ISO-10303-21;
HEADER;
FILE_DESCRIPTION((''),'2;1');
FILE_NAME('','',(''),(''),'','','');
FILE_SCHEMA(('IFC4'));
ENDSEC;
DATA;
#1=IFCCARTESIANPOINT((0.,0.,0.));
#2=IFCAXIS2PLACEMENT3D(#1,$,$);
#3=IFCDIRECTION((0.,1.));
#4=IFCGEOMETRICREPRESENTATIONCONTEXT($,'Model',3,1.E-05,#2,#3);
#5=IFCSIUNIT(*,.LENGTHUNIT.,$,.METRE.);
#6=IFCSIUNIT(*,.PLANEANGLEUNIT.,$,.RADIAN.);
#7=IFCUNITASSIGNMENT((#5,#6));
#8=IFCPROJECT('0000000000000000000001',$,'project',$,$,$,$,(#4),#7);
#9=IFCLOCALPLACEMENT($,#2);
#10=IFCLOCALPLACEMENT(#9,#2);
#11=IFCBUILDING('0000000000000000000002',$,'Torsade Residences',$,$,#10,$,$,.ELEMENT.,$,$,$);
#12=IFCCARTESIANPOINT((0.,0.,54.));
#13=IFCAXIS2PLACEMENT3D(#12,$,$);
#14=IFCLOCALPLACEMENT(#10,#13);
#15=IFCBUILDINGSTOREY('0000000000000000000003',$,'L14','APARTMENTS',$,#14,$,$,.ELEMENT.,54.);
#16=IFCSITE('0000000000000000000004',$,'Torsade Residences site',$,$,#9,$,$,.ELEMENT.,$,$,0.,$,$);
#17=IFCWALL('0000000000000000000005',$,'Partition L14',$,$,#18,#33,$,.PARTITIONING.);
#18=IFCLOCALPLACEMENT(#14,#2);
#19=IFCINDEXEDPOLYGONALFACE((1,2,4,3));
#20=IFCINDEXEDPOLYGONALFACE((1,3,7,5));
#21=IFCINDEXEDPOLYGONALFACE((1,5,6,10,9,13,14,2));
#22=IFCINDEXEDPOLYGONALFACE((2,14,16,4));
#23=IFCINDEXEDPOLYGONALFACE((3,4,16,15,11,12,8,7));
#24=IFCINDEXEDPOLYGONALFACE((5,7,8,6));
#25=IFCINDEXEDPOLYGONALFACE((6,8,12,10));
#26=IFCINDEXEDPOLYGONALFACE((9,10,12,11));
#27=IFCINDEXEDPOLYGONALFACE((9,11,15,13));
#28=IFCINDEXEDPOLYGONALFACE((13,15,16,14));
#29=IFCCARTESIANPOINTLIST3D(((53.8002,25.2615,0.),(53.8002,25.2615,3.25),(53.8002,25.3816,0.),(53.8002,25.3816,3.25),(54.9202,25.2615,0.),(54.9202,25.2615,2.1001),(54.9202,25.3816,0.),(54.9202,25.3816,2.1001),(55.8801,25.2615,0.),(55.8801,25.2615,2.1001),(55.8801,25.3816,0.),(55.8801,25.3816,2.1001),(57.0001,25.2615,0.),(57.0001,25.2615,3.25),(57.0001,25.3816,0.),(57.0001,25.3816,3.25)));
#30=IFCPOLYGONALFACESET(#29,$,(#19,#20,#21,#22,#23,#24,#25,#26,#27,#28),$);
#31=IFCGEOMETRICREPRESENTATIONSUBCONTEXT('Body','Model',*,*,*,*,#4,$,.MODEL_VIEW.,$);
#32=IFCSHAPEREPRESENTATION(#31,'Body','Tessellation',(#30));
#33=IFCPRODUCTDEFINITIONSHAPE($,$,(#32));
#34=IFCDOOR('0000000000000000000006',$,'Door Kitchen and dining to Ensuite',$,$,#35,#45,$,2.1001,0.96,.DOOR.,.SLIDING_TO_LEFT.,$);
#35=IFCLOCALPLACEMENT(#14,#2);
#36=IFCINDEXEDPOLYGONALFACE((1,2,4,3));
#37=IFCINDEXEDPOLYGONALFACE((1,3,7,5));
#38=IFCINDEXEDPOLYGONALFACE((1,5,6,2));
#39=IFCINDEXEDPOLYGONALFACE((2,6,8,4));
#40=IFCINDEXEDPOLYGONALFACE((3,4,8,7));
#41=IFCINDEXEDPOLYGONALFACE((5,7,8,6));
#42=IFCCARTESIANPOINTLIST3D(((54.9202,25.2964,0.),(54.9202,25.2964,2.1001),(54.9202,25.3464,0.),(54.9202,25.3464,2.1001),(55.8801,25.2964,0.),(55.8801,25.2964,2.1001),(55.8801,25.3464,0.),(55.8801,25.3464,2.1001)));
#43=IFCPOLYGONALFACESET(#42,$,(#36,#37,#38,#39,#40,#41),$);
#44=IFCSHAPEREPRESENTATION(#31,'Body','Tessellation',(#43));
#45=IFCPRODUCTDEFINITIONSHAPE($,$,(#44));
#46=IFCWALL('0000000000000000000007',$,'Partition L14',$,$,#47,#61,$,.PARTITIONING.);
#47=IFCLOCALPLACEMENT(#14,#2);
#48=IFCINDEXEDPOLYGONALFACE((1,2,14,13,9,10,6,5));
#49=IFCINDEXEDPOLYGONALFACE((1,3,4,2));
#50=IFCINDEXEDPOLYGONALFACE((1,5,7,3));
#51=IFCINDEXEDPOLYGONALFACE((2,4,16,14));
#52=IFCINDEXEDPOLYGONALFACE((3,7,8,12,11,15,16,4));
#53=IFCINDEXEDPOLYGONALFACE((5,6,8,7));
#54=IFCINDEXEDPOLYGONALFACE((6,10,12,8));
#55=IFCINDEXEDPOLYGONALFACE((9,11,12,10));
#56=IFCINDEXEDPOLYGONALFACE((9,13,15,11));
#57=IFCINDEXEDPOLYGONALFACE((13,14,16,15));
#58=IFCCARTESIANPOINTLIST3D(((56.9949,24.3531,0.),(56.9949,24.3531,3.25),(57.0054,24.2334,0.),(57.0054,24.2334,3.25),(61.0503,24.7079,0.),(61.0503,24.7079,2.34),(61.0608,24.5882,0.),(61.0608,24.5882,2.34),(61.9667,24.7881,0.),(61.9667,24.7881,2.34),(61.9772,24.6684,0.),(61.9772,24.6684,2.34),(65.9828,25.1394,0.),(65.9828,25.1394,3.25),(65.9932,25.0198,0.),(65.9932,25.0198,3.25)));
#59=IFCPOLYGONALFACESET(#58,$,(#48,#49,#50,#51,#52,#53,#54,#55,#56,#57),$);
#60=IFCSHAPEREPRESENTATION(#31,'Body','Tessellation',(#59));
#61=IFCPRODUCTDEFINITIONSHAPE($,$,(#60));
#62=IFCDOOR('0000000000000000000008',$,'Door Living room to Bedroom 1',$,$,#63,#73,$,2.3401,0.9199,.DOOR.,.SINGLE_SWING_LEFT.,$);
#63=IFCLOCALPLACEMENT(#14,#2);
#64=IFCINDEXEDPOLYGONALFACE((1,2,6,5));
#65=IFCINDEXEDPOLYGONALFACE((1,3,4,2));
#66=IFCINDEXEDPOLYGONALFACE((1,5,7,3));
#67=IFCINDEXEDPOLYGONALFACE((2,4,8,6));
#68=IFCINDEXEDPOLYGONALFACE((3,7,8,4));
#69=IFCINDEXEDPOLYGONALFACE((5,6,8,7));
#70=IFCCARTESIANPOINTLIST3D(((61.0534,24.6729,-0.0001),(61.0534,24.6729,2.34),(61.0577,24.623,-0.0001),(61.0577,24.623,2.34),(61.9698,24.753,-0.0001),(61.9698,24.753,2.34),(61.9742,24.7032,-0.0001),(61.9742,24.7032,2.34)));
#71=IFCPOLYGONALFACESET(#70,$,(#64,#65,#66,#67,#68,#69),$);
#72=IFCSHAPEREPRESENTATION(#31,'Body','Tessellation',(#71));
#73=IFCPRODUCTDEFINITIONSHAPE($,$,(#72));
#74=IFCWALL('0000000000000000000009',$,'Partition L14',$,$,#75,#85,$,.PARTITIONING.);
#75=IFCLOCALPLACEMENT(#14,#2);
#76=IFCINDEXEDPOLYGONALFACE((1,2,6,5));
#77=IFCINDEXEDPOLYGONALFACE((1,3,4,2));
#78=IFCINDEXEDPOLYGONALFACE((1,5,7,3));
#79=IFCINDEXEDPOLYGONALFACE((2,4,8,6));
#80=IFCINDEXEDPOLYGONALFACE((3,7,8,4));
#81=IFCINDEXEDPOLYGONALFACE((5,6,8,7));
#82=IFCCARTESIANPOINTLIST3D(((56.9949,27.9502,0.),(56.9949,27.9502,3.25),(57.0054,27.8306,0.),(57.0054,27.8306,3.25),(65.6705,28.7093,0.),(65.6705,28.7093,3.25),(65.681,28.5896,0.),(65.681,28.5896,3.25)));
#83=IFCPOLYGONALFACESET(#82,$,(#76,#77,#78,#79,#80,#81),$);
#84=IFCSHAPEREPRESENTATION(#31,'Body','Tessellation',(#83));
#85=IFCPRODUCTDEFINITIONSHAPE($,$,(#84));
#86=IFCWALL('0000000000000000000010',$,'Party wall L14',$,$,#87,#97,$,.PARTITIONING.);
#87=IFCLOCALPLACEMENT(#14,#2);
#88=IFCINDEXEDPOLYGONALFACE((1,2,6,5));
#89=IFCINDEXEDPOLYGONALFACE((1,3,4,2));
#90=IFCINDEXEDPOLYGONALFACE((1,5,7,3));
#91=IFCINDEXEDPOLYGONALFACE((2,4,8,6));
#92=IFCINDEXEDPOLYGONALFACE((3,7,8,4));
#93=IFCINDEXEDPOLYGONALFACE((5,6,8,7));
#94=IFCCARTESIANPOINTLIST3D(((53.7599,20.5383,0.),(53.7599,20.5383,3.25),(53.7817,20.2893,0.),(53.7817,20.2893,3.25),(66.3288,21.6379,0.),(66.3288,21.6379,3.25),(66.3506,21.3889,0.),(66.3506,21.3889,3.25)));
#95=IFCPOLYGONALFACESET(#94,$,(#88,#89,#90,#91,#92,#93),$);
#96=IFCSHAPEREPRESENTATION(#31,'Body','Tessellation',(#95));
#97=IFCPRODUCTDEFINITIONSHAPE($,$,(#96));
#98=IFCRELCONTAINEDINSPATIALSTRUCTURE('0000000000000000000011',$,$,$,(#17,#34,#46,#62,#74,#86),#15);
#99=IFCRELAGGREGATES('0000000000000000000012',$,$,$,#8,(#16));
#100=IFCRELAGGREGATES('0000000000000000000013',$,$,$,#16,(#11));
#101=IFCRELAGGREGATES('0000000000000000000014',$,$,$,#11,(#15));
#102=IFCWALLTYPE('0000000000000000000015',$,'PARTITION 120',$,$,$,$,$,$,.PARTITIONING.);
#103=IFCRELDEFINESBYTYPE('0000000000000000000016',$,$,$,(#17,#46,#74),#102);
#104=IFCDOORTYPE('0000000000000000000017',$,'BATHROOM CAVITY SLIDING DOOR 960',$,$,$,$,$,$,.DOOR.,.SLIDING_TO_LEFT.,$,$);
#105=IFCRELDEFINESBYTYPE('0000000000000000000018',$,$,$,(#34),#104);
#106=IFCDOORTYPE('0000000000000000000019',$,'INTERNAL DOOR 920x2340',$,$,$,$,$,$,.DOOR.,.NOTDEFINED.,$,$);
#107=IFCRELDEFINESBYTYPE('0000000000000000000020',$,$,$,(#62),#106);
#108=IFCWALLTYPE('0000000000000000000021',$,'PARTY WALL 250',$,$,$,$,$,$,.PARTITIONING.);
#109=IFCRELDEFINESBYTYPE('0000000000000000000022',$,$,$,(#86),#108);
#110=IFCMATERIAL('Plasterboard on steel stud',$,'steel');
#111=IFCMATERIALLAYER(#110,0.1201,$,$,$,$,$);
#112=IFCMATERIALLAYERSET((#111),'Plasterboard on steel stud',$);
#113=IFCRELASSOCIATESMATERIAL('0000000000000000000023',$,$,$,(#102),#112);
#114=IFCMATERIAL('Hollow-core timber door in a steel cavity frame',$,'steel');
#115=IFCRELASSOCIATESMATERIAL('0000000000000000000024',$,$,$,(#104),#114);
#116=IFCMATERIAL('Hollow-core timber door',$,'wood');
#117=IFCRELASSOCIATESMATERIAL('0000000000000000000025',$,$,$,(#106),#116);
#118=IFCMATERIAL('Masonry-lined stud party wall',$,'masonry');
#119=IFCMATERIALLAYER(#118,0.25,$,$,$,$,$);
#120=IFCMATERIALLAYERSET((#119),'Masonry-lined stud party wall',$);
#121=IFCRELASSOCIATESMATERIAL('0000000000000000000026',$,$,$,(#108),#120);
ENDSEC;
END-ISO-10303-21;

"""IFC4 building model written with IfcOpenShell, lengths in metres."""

from ifc_helpers import new_model, si_unit, direction, frame, frame_2d, origin, place, context, subcontext, project, spatial, rectangle, extrude, material, layer, layer_set, type_object, element, fill, save


model = new_model("IFC4")

# Units and contexts
model_context = context("Model", 3, precision=1e-05, world=origin(), true_north=direction((0.0, 1.0)))
body_context = subcontext(model_context, "Body", "Model", "MODEL_VIEW")
ifc_project = project(units=[si_unit("LENGTHUNIT", "METRE"), si_unit("PLANEANGLEUNIT", "RADIAN")], contexts=[model_context])

# Site, building, storey
site_placement = place(None, origin())
site = spatial("IfcSite", under=ifc_project, at=site_placement, Name="Torsade Residences site", CompositionType="ELEMENT", RefElevation=0.0)
building_placement = place(site_placement, origin())
building = spatial("IfcBuilding", under=site, at=building_placement, Name="Torsade Residences", CompositionType="ELEMENT")
storey_placement = place(building_placement, frame((0.0, 0.0, 54.0)))
storey = spatial("IfcBuildingStorey", under=building, at=storey_placement, Name="L14", Description="APARTMENTS", CompositionType="ELEMENT", Elevation=54.0)

# Shared definitions
ifc_material_1 = material(Name="Plasterboard on steel stud", Category="steel")
ifc_layer_1 = layer(ifc_material_1, 0.1201)
ifc_layer_set_1 = layer_set([ifc_layer_1], Name="Plasterboard on steel stud")
wall_type_1 = type_object("IfcWallType", Name="PARTITION 120", PredefinedType="PARTITIONING", material=ifc_layer_set_1)
ifc_material_2 = material(Name="Hollow-core timber door in a steel cavity frame", Category="steel")
door_type_1 = type_object("IfcDoorType", Name="BATHROOM CAVITY SLIDING DOOR 960", OperationType="SLIDING_TO_LEFT", PredefinedType="DOOR", material=ifc_material_2)

# Shared definitions
ifc_material_3 = material(Name="Hollow-core timber door", Category="wood")
door_type_2 = type_object("IfcDoorType", Name="INTERNAL DOOR 920x2340", OperationType="NOTDEFINED", PredefinedType="DOOR", material=ifc_material_3)

# Walls, openings, doors
wall_1_placement = place(storey_placement, frame((53.8, 25.3215, 0.0), z_axis=(0.0, 0.0, 1.0), x_axis=(1.0, 0.0, 0.0)))
wall_1 = element("IfcWall", 1, at=wall_1_placement, inside=storey, type_object=wall_type_1, Name="Partition L14", PredefinedType="PARTITIONING", context=body_context, shape_type="SweptSolid", body=[
    extrude(rectangle(XDim=3.2, YDim=0.1201, at=frame_2d((1.6001, 0.0))), origin(), (0.0, 0.0, 1.0), 3.25),
])
opening_1_placement = place(wall_1_placement, frame((1.1201, 0.0, 0.0)))
opening_1 = element("IfcOpeningElement", 2, at=opening_1_placement, cuts=wall_1, PredefinedType="OPENING", context=body_context, shape_type="SweptSolid", body=[
    extrude(rectangle(XDim=0.96, YDim=2.1001, at=frame_2d((0.48, 1.05))), frame((0.0, 0.0701, 0.0), z_axis=(0.0, -1.0, 0.0), x_axis=(1.0, 0.0, 0.0)), (0.0, 0.0, 1.0), 0.1401),
])
door_1_placement = place(opening_1_placement, origin())
door_1 = element("IfcDoor", 3, at=door_1_placement, inside=storey, type_object=door_type_1, Name="Door Kitchen and dining to Ensuite", OperationType="SLIDING_TO_LEFT", OverallHeight=2.1001, OverallWidth=0.96, PredefinedType="DOOR", context=body_context, shape_type="SweptSolid", body=[
    extrude(rectangle(XDim=0.96, YDim=2.1001, at=frame_2d((0.48, 1.05))), frame((0.0, 0.0249, 0.0), z_axis=(0.0, -1.0, 0.0), x_axis=(1.0, 0.0, 0.0)), (0.0, 0.0, 1.0), 0.05),
])
fill(opening_1, door_1)
wall_2_placement = place(storey_placement, frame((57.0, 24.2932, 0.0), z_axis=(0.0, 0.0, 1.0), x_axis=(0.996194, 0.087161, 0.0)))
wall_2 = element("IfcWall", 4, at=wall_2_placement, inside=storey, type_object=wall_type_1, Name="Partition L14", PredefinedType="PARTITIONING", context=body_context, shape_type="SweptSolid", body=[
    extrude(rectangle(XDim=9.0222, YDim=0.1201, at=frame_2d((4.5112, 0.0))), origin(), (0.0, 0.0, 1.0), 3.25),
])
opening_2_placement = place(wall_2_placement, frame((4.071, 0.0, 0.0)))
opening_2 = element("IfcOpeningElement", 5, at=opening_2_placement, cuts=wall_2, PredefinedType="OPENING", context=body_context, shape_type="SweptSolid", body=[
    extrude(rectangle(XDim=0.9199, YDim=2.3401, at=frame_2d((0.46, 1.1699))), frame((0.0, 0.0701, 0.0), z_axis=(0.0, -1.0, 0.0), x_axis=(1.0, 0.0, 0.0)), (0.0, 0.0, 1.0), 0.1401),
])
door_2_placement = place(opening_2_placement, origin())
door_2 = element("IfcDoor", 6, at=door_2_placement, inside=storey, type_object=door_type_2, Name="Door Living room to Bedroom 1", OperationType="SINGLE_SWING_LEFT", OverallHeight=2.3401, OverallWidth=0.9199, PredefinedType="DOOR", context=body_context, shape_type="SweptSolid", body=[
    extrude(rectangle(XDim=0.9199, YDim=2.3401, at=frame_2d((0.46, 1.1699))), frame((0.0, 0.0249, 0.0), z_axis=(0.0, -1.0, 0.0), x_axis=(1.0, 0.0, 0.0)), (0.0, 0.0, 1.0), 0.05),
])
fill(opening_2, door_2)

# Walls
wall_3_placement = place(storey_placement, frame((57.0, 27.8904, 0.0), z_axis=(0.0, 0.0, 1.0), x_axis=(0.996194, 0.087158, 0.0)))
element("IfcWall", 7, at=wall_3_placement, inside=storey, type_object=wall_type_1, Name="Partition L14", PredefinedType="PARTITIONING", context=body_context, shape_type="SweptSolid", body=[
    extrude(rectangle(XDim=8.7087, YDim=0.1201, at=frame_2d((4.3545, 0.0))), origin(), (0.0, 0.0, 1.0), 3.25),
])
ifc_material_4 = material(Name="Masonry-lined stud party wall", Category="masonry")
ifc_layer_2 = layer(ifc_material_4, 0.25)
ifc_layer_set_2 = layer_set([ifc_layer_2], Name="Masonry-lined stud party wall")
wall_type_2 = type_object("IfcWallType", Name="PARTY WALL 250", PredefinedType="PARTITIONING", material=ifc_layer_set_2)
wall_4_placement = place(storey_placement, frame((66.3398, 21.5134, 0.0), z_axis=(0.0, 0.0, 1.0), x_axis=(-0.996195, -0.087154, 0.0)))
element("IfcWall", 8, at=wall_4_placement, inside=storey, type_object=wall_type_2, Name="Party wall L14", PredefinedType="PARTITIONING", context=body_context, shape_type="SweptSolid", body=[
    extrude(rectangle(XDim=12.6169, YDim=0.25, at=frame_2d((6.3086, 0.0))), origin(), (0.0, 0.0, 1.0), 3.25),
])

save(model, "model.ifc")
